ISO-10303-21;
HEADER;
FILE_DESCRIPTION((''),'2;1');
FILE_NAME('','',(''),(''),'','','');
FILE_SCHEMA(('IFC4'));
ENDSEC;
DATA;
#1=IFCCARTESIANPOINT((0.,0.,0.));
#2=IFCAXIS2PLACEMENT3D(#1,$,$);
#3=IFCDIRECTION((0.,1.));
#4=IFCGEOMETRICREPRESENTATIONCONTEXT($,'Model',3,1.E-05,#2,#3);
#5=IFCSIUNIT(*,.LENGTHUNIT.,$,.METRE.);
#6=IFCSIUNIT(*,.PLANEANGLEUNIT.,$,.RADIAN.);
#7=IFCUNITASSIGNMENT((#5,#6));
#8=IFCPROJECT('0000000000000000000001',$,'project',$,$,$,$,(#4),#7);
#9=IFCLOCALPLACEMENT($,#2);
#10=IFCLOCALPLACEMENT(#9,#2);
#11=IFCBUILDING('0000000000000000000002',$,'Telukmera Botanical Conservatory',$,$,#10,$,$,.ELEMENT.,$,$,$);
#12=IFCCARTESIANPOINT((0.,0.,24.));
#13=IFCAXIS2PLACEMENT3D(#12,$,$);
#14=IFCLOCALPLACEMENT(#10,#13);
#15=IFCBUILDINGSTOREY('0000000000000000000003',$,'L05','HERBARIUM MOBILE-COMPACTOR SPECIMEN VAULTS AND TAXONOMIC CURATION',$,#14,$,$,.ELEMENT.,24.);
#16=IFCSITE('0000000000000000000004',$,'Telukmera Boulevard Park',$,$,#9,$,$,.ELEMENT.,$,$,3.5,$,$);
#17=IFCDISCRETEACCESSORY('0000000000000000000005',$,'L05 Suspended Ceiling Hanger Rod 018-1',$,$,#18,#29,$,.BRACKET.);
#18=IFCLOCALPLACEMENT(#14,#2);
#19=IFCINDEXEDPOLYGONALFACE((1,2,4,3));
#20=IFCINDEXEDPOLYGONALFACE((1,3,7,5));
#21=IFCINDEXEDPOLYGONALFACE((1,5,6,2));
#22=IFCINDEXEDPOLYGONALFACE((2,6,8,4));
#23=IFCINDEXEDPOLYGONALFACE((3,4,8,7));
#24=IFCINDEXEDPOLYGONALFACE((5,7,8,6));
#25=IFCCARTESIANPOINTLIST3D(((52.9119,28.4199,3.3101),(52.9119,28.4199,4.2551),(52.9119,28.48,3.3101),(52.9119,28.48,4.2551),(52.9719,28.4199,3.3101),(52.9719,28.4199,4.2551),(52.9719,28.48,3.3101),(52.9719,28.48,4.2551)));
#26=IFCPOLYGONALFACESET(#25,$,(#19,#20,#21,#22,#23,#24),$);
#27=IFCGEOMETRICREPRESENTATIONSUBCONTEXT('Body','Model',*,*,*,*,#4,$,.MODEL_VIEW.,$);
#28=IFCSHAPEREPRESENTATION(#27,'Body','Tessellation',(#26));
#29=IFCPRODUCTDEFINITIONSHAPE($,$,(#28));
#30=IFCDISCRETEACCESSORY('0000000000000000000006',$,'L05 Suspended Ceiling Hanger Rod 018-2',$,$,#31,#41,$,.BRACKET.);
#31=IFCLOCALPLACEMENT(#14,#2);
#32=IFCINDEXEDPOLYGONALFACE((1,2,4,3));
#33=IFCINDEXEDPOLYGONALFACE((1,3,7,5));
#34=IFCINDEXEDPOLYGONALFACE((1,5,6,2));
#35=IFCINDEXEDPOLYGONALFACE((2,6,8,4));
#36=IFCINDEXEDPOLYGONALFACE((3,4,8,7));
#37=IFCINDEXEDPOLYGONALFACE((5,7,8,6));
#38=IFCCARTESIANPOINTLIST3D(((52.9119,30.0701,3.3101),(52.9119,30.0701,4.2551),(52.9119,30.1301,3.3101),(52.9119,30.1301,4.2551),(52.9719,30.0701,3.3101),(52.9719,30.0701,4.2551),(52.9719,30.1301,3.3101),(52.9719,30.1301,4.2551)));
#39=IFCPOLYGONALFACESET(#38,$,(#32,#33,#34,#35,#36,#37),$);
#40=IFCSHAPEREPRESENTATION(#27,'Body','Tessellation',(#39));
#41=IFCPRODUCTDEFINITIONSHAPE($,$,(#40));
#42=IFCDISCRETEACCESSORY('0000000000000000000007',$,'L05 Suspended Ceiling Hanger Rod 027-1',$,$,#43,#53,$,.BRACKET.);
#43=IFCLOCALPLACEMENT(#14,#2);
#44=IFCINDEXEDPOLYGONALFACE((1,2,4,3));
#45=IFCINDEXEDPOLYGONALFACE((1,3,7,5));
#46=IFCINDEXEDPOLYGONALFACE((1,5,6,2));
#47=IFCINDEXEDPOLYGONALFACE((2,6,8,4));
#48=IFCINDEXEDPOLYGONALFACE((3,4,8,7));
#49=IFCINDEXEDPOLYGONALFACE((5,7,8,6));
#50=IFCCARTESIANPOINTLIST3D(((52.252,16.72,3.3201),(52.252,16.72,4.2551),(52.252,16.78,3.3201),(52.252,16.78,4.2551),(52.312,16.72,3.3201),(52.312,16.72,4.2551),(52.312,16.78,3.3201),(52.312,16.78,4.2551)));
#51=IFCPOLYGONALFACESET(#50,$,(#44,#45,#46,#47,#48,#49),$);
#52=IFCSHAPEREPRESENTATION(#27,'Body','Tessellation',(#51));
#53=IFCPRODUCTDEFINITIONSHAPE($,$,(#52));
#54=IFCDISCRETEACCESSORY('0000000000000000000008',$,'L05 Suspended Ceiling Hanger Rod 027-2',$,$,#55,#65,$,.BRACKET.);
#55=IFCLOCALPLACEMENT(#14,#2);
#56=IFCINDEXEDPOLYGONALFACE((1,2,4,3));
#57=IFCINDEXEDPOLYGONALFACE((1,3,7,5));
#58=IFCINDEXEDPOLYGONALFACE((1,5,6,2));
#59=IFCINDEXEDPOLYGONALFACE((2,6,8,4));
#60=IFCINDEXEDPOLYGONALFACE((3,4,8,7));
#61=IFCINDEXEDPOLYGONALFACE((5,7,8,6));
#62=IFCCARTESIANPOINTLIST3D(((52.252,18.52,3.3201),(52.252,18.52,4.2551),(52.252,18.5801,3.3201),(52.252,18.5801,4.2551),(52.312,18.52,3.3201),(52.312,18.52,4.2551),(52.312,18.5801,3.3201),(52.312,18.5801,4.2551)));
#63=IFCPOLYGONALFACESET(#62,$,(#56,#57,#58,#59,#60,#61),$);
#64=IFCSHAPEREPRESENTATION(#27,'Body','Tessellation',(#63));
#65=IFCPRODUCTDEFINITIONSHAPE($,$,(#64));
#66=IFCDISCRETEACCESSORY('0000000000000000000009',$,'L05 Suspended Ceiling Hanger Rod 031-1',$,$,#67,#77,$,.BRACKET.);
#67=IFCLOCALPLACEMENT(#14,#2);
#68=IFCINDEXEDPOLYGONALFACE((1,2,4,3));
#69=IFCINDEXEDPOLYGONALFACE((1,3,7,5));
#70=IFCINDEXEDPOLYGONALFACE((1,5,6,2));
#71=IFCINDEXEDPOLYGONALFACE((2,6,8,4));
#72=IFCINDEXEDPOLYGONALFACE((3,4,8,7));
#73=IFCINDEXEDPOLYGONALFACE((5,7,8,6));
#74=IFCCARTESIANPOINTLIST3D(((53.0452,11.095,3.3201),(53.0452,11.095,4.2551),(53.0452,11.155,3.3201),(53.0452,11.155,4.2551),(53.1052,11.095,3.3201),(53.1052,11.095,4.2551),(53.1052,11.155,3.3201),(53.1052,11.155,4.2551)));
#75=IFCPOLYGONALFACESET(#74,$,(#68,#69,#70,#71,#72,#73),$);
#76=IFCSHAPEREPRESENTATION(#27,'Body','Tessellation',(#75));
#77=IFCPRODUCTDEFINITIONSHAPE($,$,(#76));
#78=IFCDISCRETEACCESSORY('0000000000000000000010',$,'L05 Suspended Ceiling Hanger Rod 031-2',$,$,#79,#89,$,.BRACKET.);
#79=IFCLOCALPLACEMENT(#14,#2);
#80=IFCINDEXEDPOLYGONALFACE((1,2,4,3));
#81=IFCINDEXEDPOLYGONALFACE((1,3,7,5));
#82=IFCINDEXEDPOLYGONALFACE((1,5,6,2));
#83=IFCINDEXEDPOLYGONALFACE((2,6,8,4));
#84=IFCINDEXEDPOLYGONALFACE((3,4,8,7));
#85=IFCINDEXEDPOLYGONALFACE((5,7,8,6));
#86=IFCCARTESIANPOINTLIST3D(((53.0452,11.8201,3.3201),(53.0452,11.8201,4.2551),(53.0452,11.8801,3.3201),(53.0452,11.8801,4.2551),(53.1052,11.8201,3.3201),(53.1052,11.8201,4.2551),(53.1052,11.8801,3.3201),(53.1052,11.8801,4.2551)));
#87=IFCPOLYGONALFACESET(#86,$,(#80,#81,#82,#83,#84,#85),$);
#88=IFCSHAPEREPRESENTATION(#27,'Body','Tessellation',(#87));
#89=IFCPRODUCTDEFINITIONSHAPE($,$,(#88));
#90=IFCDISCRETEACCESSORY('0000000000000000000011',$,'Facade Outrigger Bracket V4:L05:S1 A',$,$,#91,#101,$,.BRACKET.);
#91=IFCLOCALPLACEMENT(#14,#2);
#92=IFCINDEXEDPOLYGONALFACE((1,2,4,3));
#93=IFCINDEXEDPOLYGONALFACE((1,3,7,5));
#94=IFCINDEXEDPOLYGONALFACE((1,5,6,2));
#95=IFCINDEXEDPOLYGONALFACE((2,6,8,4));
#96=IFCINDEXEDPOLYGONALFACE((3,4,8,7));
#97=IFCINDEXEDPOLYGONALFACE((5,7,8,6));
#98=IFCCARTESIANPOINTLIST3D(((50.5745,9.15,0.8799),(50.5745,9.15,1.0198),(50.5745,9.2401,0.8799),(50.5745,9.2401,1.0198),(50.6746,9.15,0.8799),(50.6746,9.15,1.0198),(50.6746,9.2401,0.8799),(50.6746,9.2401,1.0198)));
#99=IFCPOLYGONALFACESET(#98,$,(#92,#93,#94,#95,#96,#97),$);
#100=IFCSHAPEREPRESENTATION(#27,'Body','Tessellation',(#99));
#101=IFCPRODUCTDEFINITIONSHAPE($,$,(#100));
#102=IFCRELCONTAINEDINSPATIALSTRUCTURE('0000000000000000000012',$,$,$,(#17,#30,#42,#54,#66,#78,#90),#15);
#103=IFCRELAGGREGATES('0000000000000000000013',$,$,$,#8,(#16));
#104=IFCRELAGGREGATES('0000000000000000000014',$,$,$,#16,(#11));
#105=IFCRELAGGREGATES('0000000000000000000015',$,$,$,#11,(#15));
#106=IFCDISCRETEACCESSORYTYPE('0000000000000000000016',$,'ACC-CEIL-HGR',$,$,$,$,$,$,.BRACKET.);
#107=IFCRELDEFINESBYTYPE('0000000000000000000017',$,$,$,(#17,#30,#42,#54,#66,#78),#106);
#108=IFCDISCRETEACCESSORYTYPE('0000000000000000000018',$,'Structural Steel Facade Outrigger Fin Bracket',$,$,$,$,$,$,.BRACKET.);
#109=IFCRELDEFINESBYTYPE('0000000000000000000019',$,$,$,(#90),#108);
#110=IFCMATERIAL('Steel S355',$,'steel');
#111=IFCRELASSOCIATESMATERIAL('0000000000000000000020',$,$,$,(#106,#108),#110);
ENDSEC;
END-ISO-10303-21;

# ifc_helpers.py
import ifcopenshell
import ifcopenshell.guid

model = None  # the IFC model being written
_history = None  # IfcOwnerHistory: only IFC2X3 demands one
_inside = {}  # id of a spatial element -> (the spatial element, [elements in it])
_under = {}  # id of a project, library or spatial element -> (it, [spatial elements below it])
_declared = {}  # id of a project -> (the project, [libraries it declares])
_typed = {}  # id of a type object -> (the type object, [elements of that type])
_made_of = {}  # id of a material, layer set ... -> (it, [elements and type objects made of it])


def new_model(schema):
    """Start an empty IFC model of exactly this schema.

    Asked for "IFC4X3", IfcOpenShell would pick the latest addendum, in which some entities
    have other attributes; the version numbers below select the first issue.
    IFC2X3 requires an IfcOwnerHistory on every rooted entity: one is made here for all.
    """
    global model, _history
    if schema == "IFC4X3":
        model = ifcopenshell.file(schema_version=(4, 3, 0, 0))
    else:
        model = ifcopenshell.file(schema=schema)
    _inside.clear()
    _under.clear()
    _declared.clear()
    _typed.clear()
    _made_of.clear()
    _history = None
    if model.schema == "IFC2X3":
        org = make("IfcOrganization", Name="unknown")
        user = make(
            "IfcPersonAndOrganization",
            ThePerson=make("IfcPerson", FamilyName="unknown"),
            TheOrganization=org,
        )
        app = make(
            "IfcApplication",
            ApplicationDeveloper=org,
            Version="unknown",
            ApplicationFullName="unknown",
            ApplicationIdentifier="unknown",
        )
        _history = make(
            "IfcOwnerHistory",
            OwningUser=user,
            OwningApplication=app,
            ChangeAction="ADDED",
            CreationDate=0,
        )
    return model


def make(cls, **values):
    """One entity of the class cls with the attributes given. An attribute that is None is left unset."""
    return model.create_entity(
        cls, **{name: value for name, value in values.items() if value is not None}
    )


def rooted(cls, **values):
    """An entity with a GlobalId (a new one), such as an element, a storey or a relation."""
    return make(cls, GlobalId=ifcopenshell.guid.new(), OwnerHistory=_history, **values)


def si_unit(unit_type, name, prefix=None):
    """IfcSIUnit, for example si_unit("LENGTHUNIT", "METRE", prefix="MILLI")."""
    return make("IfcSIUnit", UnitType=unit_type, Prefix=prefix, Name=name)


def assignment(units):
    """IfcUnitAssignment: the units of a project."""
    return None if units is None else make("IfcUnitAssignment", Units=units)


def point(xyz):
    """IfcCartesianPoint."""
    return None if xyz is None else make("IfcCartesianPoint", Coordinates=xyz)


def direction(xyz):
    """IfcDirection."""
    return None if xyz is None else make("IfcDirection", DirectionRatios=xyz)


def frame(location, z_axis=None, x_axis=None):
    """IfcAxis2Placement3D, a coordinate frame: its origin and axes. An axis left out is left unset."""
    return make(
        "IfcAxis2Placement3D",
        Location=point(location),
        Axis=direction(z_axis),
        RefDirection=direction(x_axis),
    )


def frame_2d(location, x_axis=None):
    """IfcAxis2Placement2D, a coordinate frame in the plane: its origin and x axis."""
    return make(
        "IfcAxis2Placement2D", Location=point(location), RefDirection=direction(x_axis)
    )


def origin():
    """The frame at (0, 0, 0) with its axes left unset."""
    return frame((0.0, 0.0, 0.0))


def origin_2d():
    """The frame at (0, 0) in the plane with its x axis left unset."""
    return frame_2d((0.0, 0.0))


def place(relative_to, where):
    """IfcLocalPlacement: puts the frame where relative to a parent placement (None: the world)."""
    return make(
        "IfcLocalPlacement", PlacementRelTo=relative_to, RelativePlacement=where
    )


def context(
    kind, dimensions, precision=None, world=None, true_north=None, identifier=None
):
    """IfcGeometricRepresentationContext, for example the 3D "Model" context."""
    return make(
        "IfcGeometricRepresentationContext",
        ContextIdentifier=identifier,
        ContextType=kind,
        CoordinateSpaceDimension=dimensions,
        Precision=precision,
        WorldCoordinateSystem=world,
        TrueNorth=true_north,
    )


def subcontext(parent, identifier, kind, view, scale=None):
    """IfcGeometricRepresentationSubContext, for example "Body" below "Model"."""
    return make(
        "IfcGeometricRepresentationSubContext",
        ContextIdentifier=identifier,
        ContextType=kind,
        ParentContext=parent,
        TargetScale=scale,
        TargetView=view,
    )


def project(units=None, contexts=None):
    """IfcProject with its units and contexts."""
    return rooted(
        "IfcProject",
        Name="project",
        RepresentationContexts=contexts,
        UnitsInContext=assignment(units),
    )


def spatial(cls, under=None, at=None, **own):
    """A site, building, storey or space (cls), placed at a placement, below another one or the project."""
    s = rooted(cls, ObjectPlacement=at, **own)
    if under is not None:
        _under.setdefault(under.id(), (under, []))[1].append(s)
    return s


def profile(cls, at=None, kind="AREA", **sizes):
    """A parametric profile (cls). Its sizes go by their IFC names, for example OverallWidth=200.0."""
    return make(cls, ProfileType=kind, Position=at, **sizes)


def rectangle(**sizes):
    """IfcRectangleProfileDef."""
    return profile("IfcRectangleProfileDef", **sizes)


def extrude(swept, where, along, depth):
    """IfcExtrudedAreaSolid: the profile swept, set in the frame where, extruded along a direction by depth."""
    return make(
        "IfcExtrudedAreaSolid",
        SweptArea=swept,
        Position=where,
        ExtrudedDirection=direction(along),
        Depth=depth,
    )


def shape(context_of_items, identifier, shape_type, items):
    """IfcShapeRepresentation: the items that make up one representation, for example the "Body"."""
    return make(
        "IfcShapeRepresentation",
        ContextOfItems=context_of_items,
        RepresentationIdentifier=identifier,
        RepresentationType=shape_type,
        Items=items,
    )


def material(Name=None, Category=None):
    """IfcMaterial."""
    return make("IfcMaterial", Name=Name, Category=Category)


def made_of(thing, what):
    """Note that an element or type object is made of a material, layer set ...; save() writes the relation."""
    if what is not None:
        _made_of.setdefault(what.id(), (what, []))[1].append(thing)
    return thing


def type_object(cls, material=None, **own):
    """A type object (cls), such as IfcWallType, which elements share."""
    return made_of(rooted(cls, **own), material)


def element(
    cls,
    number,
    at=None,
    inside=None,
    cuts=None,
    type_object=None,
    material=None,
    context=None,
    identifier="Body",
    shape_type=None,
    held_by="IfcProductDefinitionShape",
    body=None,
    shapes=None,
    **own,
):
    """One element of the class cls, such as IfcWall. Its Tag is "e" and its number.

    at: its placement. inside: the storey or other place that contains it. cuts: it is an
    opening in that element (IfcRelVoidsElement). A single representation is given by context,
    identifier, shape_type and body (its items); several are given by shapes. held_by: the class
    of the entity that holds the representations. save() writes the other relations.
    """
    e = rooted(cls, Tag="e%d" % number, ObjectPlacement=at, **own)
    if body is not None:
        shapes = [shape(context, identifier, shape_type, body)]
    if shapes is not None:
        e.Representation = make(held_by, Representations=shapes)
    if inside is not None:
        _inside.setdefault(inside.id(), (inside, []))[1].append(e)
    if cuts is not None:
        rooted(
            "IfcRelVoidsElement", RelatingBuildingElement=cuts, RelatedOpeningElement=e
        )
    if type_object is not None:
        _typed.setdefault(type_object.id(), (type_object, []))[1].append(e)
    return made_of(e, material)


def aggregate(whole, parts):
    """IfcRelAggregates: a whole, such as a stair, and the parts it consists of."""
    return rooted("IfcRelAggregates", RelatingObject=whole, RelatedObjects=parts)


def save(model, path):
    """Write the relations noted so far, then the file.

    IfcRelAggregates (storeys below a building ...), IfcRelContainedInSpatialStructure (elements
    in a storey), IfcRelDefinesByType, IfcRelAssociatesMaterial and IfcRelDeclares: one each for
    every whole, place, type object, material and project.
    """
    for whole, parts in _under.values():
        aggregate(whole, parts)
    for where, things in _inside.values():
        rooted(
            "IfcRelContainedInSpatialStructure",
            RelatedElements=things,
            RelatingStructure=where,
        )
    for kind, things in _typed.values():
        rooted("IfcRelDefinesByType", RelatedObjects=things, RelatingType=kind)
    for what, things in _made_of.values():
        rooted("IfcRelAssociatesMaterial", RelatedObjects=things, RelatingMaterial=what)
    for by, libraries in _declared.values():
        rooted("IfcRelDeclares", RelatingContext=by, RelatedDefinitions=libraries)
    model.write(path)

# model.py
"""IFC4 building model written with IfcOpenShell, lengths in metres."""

from ifc_helpers import new_model, si_unit, direction, frame, origin, origin_2d, place, context, subcontext, project, spatial, rectangle, extrude, material, type_object, element, save


model = new_model("IFC4")

# Units and contexts
model_context = context("Model", 3, precision=1e-05, world=origin(), true_north=direction((0.0, 1.0)))
body_context = subcontext(model_context, "Body", "Model", "MODEL_VIEW")
ifc_project = project(units=[si_unit("LENGTHUNIT", "METRE"), si_unit("PLANEANGLEUNIT", "RADIAN")], contexts=[model_context])

# Site, building, storey
site_placement = place(None, origin())
site = spatial("IfcSite", under=ifc_project, at=site_placement, Name="Telukmera Boulevard Park", CompositionType="ELEMENT", RefElevation=3.5)
building_placement = place(site_placement, origin())
building = spatial("IfcBuilding", under=site, at=building_placement, Name="Telukmera Botanical Conservatory", CompositionType="ELEMENT")
storey_placement = place(building_placement, frame((0.0, 0.0, 24.0)))
storey = spatial("IfcBuildingStorey", under=building, at=storey_placement, Name="L05", Description="HERBARIUM MOBILE-COMPACTOR SPECIMEN VAULTS AND TAXONOMIC CURATION", CompositionType="ELEMENT", Elevation=24.0)

# Discrete accessories
ifc_material_1 = material(Name="Steel S355", Category="steel")
discrete_accessory_type_1 = type_object("IfcDiscreteAccessoryType", Name="ACC-CEIL-HGR", PredefinedType="BRACKET", material=ifc_material_1)
for number, where, z_axis, x_axis, name in (
    (1, (52.9419, 28.45, 3.3101), (0.0, 0.0, 1.0), (1.0, 0.0, 0.0), "L05 Suspended Ceiling Hanger Rod 018-1"),
    (2, (52.9419, 30.1001, 3.3101), (0.0, 0.0, 1.0), (1.0, 0.0, 0.0), "L05 Suspended Ceiling Hanger Rod 018-2"),
):
    element("IfcDiscreteAccessory", number, at=place(storey_placement, frame(where, z_axis=z_axis, x_axis=x_axis)), inside=storey, type_object=discrete_accessory_type_1, Name=name, PredefinedType="BRACKET", context=body_context, shape_type="SweptSolid", body=[
        extrude(rectangle(XDim=0.0601, YDim=0.0601, at=origin_2d()), origin(), (0.0, 0.0, 1.0), 0.9451),
    ])
for number, where, z_axis, x_axis, name in (
    (3, (52.282, 16.75, 3.3201), (0.0, 0.0, 1.0), (1.0, 0.0, 0.0), "L05 Suspended Ceiling Hanger Rod 027-1"),
    (4, (52.282, 18.55, 3.3201), (0.0, 0.0, 1.0), (1.0, 0.0, 0.0), "L05 Suspended Ceiling Hanger Rod 027-2"),
    (5, (53.0752, 11.125, 3.3201), (0.0, 0.0, 1.0), (1.0, 0.0, 0.0), "L05 Suspended Ceiling Hanger Rod 031-1"),
    (6, (53.0752, 11.8501, 3.3201), (0.0, 0.0, 1.0), (1.0, 0.0, 0.0), "L05 Suspended Ceiling Hanger Rod 031-2"),
):
    element("IfcDiscreteAccessory", number, at=place(storey_placement, frame(where, z_axis=z_axis, x_axis=x_axis)), inside=storey, type_object=discrete_accessory_type_1, Name=name, PredefinedType="BRACKET", context=body_context, shape_type="SweptSolid", body=[
        extrude(rectangle(XDim=0.0601, YDim=0.0601, at=origin_2d()), origin(), (0.0, 0.0, 1.0), 0.9351),
    ])
discrete_accessory_type_2 = type_object("IfcDiscreteAccessoryType", Name="Structural Steel Facade Outrigger Fin Bracket", PredefinedType="BRACKET", material=ifc_material_1)
discrete_accessory_placement = place(storey_placement, frame((50.6245, 9.1951, 0.8799), z_axis=(0.0, 0.0, 1.0), x_axis=(1.0, 0.0, 0.0)))
element("IfcDiscreteAccessory", 7, at=discrete_accessory_placement, inside=storey, type_object=discrete_accessory_type_2, Name="Facade Outrigger Bracket V4:L05:S1 A", PredefinedType="BRACKET", context=body_context, shape_type="SweptSolid", body=[
    extrude(rectangle(XDim=0.1001, YDim=0.0901, at=origin_2d()), origin(), (0.0, 0.0, 1.0), 0.1399),
])

save(model, "model.ifc")
